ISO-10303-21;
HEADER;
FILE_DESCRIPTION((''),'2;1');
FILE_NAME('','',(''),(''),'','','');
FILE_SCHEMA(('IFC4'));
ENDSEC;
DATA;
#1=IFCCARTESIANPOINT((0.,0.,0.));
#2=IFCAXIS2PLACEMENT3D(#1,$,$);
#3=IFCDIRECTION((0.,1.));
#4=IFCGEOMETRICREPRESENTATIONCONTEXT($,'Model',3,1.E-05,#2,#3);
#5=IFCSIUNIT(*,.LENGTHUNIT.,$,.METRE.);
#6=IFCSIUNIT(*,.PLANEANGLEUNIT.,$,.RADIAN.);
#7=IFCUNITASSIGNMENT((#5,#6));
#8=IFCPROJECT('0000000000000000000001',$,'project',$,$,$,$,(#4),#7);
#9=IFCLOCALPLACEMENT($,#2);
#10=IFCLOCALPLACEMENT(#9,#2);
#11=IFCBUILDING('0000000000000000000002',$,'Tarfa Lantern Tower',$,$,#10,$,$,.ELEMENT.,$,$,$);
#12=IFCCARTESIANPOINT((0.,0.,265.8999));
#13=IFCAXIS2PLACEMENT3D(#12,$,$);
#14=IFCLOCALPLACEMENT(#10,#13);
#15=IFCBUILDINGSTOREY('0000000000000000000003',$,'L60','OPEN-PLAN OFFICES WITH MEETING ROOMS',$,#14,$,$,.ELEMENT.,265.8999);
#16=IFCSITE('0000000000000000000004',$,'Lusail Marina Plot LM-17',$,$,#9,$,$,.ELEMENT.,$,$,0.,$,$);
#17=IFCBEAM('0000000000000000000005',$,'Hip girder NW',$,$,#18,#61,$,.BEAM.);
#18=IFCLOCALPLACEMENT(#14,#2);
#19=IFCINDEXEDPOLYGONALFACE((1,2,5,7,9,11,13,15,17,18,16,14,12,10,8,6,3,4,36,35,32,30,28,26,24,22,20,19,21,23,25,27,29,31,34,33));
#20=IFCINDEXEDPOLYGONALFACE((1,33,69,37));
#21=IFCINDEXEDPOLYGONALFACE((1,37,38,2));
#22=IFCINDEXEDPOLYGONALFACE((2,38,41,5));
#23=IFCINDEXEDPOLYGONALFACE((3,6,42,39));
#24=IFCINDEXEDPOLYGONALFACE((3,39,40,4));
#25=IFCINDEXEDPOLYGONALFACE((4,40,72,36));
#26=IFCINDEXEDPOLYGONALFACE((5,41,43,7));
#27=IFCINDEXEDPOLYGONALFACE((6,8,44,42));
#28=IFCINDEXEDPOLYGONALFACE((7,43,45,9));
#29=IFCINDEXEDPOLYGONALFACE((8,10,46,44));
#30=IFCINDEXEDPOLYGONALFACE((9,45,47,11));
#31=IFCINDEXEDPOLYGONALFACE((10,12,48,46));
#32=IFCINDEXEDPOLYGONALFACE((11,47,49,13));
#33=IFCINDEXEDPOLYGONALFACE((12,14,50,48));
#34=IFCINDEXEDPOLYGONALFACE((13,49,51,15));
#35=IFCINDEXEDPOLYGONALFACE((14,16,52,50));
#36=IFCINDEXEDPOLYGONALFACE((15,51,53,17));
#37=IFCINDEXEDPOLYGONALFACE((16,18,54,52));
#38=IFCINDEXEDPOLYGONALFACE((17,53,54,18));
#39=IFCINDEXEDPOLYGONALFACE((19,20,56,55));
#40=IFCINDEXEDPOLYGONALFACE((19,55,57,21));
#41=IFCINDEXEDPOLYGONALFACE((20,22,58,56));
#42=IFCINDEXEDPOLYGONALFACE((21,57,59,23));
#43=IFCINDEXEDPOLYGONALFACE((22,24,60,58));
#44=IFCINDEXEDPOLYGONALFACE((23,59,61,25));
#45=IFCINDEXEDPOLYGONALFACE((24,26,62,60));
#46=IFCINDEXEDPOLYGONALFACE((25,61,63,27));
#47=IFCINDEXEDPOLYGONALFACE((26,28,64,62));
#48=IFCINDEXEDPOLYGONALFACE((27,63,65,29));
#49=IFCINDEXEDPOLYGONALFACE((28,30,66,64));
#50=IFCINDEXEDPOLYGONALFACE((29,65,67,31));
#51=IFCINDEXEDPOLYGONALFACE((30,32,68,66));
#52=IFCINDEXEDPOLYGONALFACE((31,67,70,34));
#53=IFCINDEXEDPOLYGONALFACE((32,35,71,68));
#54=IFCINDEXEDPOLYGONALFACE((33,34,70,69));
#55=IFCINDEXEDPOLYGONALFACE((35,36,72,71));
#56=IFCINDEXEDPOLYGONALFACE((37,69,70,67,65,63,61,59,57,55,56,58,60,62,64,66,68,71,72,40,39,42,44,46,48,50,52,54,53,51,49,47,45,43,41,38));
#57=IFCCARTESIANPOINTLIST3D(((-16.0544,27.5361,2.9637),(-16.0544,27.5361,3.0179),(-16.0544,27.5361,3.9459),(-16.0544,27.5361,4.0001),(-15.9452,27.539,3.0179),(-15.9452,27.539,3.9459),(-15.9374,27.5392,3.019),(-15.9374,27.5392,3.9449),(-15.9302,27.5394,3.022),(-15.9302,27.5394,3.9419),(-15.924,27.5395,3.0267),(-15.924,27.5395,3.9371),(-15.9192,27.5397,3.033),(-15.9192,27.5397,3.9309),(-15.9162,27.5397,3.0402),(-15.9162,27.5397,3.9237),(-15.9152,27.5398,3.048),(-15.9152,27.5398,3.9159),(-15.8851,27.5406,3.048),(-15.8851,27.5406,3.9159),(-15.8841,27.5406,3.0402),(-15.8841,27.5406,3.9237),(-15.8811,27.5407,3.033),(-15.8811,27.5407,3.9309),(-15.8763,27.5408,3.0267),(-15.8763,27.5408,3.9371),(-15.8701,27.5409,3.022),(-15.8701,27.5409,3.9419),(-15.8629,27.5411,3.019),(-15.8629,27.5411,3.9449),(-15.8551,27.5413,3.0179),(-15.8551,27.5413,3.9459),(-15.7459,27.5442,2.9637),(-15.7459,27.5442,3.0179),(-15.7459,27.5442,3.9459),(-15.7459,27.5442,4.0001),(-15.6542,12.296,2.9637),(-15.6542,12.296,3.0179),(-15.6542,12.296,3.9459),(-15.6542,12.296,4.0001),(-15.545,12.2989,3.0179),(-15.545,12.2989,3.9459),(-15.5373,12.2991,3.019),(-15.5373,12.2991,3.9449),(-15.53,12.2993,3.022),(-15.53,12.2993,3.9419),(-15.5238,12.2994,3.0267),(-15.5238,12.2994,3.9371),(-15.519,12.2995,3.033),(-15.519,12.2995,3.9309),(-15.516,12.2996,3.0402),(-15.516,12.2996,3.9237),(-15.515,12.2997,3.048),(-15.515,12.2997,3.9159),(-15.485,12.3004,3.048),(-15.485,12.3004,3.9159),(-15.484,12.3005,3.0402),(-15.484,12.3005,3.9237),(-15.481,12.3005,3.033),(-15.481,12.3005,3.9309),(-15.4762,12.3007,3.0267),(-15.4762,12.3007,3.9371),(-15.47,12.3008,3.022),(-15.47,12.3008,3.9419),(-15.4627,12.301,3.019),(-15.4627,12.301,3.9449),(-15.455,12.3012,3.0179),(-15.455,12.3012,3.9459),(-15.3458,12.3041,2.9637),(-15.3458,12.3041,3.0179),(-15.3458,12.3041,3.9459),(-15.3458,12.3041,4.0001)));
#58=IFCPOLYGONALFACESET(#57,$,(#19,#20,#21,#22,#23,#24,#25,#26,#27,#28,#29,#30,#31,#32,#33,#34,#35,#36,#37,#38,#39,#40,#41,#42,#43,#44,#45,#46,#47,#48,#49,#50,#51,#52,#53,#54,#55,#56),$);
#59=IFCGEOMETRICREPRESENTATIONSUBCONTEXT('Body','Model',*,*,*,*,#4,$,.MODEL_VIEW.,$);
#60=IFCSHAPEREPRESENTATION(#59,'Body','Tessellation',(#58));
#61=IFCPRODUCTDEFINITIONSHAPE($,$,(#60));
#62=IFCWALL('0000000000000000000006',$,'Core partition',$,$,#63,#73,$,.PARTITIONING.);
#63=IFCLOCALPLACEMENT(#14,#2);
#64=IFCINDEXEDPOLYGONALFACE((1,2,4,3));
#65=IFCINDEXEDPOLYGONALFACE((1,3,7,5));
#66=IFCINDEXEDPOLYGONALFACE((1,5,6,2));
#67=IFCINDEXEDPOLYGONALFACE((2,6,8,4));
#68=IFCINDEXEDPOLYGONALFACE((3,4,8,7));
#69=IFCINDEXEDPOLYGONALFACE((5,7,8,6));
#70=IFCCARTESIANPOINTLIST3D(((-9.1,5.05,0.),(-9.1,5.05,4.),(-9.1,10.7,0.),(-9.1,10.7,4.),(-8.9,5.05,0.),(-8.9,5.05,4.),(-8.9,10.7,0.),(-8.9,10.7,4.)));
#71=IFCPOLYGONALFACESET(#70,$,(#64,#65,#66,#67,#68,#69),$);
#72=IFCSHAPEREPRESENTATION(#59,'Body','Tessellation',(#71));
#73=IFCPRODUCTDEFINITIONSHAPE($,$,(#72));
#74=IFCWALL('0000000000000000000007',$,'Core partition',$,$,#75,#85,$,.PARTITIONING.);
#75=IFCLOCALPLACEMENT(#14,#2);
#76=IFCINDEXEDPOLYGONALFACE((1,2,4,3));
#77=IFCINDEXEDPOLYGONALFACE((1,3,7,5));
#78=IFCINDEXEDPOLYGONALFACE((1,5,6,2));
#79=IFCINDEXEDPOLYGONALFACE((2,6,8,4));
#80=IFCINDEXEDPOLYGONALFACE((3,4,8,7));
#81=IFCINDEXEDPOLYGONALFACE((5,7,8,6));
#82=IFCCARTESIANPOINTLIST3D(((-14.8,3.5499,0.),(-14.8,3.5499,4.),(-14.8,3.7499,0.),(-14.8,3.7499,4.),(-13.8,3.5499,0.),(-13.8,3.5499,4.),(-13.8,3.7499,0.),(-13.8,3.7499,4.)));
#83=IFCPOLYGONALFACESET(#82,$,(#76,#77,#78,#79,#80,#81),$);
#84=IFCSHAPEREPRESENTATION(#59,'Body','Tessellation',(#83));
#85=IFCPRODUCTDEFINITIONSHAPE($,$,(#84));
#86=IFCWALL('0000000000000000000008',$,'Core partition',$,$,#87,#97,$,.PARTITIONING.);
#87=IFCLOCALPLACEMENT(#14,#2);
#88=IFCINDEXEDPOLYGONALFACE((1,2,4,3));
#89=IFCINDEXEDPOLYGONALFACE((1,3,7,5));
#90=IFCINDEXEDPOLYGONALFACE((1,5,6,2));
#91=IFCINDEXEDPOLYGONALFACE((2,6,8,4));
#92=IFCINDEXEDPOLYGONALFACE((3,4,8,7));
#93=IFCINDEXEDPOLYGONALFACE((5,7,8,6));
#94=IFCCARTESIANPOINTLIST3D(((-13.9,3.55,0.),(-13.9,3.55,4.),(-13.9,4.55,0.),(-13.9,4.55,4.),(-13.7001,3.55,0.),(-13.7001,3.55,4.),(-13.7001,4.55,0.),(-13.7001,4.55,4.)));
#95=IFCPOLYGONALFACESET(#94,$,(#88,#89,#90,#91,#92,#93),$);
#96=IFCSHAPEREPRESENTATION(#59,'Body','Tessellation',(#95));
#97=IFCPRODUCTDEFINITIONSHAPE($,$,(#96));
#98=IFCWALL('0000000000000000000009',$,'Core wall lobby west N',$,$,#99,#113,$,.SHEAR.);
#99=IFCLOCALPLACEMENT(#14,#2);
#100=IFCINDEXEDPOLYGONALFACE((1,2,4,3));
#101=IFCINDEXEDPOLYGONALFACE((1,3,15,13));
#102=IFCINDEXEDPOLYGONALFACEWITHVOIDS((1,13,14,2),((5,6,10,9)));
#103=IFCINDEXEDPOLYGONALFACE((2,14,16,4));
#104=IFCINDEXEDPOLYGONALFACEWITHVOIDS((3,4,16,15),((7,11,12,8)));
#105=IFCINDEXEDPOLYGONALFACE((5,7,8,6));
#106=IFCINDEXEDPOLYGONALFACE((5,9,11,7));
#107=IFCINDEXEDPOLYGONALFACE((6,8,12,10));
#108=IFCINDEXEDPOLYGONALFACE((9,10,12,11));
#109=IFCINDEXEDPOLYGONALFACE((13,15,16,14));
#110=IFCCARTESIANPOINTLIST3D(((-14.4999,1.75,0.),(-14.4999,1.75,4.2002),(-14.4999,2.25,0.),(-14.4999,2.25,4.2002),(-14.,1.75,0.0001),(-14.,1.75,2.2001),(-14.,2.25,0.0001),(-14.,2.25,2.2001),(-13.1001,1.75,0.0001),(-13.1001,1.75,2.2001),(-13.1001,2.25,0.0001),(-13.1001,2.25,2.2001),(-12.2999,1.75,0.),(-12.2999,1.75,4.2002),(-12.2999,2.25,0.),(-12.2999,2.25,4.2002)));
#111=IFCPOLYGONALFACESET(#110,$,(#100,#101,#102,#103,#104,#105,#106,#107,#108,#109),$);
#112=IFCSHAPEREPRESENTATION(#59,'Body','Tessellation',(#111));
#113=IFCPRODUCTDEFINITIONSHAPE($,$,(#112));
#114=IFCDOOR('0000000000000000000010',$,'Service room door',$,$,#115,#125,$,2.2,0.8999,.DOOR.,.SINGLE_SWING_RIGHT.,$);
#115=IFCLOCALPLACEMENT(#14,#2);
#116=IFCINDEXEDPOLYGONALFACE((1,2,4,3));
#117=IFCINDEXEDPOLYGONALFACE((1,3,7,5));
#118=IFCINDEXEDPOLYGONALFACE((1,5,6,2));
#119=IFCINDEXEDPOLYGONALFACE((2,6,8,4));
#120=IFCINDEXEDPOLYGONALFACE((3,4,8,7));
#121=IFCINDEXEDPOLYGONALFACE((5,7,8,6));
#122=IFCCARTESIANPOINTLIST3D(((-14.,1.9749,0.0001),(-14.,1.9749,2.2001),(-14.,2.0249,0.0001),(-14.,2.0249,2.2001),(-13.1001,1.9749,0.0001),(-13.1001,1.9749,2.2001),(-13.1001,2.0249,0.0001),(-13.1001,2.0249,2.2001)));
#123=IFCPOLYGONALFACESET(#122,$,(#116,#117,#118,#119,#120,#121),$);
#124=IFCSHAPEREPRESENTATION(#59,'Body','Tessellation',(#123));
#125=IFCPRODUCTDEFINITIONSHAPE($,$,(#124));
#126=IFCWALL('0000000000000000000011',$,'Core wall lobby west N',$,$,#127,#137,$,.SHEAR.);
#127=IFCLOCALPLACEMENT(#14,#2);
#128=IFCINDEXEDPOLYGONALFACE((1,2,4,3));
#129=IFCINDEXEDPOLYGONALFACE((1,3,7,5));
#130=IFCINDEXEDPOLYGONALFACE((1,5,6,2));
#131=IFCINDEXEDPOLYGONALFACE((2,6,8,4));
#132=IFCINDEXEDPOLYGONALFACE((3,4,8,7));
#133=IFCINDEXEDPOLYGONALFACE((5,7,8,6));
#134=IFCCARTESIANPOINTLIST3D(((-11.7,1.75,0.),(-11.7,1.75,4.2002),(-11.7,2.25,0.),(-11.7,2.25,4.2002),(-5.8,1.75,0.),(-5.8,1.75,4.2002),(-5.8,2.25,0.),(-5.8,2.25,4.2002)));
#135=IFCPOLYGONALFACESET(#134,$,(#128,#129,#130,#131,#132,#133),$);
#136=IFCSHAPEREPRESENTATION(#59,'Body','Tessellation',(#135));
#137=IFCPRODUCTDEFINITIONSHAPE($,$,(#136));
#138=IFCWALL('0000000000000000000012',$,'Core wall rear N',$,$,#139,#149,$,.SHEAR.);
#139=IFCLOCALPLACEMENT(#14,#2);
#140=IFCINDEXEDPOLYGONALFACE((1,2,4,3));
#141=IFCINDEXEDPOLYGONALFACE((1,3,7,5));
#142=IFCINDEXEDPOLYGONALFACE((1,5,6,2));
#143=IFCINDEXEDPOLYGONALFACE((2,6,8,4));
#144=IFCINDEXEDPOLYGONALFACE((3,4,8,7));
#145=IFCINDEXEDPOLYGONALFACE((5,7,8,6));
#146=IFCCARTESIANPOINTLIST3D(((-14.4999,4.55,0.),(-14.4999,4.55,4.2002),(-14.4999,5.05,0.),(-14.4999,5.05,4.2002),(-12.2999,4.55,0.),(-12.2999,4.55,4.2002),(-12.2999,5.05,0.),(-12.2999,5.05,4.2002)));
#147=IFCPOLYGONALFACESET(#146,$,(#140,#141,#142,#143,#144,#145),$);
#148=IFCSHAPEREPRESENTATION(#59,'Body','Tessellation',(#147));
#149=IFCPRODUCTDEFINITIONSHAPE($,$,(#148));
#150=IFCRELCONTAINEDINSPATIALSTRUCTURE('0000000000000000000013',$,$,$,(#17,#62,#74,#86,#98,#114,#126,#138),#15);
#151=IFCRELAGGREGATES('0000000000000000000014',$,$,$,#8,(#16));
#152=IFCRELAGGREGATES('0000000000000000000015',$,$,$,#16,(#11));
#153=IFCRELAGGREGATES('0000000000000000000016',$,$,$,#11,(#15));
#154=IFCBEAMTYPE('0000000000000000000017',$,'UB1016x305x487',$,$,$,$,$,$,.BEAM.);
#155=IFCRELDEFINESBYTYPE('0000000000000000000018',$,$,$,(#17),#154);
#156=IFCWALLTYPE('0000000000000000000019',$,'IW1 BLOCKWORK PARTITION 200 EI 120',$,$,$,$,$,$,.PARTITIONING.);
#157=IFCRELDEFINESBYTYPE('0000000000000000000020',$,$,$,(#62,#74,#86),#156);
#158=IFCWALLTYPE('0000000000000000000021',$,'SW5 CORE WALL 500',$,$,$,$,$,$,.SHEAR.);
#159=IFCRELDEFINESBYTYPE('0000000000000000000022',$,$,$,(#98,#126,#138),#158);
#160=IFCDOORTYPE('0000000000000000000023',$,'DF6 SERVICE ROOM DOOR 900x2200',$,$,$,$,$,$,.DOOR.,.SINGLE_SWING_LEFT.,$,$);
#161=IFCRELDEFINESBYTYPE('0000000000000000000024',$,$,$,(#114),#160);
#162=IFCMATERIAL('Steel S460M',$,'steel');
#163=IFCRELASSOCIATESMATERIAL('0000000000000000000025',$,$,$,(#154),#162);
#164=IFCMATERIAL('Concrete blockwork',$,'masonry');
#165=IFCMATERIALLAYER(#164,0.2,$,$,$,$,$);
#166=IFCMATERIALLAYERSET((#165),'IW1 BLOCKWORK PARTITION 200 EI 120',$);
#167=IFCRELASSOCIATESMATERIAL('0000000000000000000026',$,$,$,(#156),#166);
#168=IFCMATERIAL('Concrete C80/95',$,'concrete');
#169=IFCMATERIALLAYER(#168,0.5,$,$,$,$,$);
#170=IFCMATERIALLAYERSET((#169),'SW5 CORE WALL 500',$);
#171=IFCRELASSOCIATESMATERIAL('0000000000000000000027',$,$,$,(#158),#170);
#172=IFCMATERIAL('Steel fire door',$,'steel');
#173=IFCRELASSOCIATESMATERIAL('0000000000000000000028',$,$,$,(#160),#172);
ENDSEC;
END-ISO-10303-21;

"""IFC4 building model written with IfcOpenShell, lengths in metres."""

from ifc_helpers import new_model, si_unit, direction, frame, frame_2d, origin, origin_2d, place, context, subcontext, project, spatial, rectangle, i_section, extrude, material, layer, layer_set, material_profile, profile_set, type_object, element, fill, save


model = new_model("IFC4")

# Units and contexts
model_context = context("Model", 3, precision=1e-05, world=origin(), true_north=direction((0.0, 1.0)))
body_context = subcontext(model_context, "Body", "Model", "MODEL_VIEW")
ifc_project = project(units=[si_unit("LENGTHUNIT", "METRE"), si_unit("PLANEANGLEUNIT", "RADIAN")], contexts=[model_context])

# Site, building, storey
site_placement = place(None, origin())
site = spatial("IfcSite", under=ifc_project, at=site_placement, Name="Lusail Marina Plot LM-17", CompositionType="ELEMENT", RefElevation=0.0)
building_placement = place(site_placement, origin())
building = spatial("IfcBuilding", under=site, at=building_placement, Name="Tarfa Lantern Tower", CompositionType="ELEMENT")
storey_placement = place(building_placement, frame((0.0, 0.0, 265.8999)))
storey = spatial("IfcBuildingStorey", under=building, at=storey_placement, Name="L60", Description="OPEN-PLAN OFFICES WITH MEETING ROOMS", CompositionType="ELEMENT", Elevation=265.8999)

# Beam
ifc_material_1 = material(Name="Steel S460M", Category="steel")
ifc_material_profile = material_profile(ifc_material_1, i_section(OverallWidth=0.3086, OverallDepth=1.0364, WebThickness=0.03, FlangeThickness=0.0542, FilletRadius=0.03, at=origin_2d()), Name="UB1016x305x487")
ifc_profile_set = profile_set([ifc_material_profile], Name="Steel S460M")
beam_type = type_object("IfcBeamType", Name="UB1016x305x487", PredefinedType="BEAM", material=ifc_profile_set)
beam_placement = place(storey_placement, frame((-15.5, 12.3, 3.4819), z_axis=(-0.026247, 0.999655, 0.0), x_axis=(-0.999655, -0.026247, 0.0)))
element("IfcBeam", 1, at=beam_placement, inside=storey, type_object=beam_type, Name="Hip girder NW", PredefinedType="BEAM", context=body_context, shape_type="SweptSolid", body=[
    extrude(i_section(OverallWidth=0.3086, OverallDepth=1.0364, WebThickness=0.03, FlangeThickness=0.0542, FilletRadius=0.03, at=origin_2d()), origin(), (0.0, 0.0, 1.0), 15.2454),
])

# Walls
ifc_material_2 = material(Name="Concrete blockwork", Category="masonry")
ifc_layer_1 = layer(ifc_material_2, 0.2)
ifc_layer_set_1 = layer_set([ifc_layer_1], Name="IW1 BLOCKWORK PARTITION 200 EI 120")
wall_type_1 = type_object("IfcWallType", Name="IW1 BLOCKWORK PARTITION 200 EI 120", PredefinedType="PARTITIONING", material=ifc_layer_set_1)
wall_1_placement = place(storey_placement, frame((-9.0, 5.05, 0.0), z_axis=(0.0, 0.0, 1.0), x_axis=(0.0, 1.0, 0.0)))
element("IfcWall", 2, at=wall_1_placement, inside=storey, type_object=wall_type_1, Name="Core partition", PredefinedType="PARTITIONING", context=body_context, shape_type="SweptSolid", body=[
    extrude(rectangle(XDim=5.6499, YDim=0.2, at=frame_2d((2.825, 0.0))), origin(), (0.0, 0.0, 1.0), 4.0),
])
for number, where, z_axis, x_axis, name in (
    (3, (-14.8, 3.6499, 0.0), (0.0, 0.0, 1.0), (1.0, 0.0, 0.0), "Core partition"),
    (4, (-13.8, 3.55, 0.0), (0.0, 0.0, 1.0), (0.0, 1.0, 0.0), "Core partition"),
):
    element("IfcWall", number, at=place(storey_placement, frame(where, z_axis=z_axis, x_axis=x_axis)), inside=storey, type_object=wall_type_1, Name=name, PredefinedType="PARTITIONING", context=body_context, shape_type="SweptSolid", body=[
        extrude(rectangle(XDim=1.0, YDim=0.2, at=frame_2d((0.5, 0.0))), origin(), (0.0, 0.0, 1.0), 4.0),
    ])

# Wall, opening, door
ifc_material_3 = material(Name="Concrete C80/95", Category="concrete")
ifc_material_4 = material(Name="Steel fire door", Category="steel")
ifc_layer_2 = layer(ifc_material_3, 0.5)
ifc_layer_set_2 = layer_set([ifc_layer_2], Name="SW5 CORE WALL 500")
wall_type_2 = type_object("IfcWallType", Name="SW5 CORE WALL 500", PredefinedType="SHEAR", material=ifc_layer_set_2)
wall_2_placement = place(storey_placement, frame((-14.5, 2.0, 0.0), z_axis=(0.0, 0.0, 1.0), x_axis=(1.0, 0.0, 0.0)))
wall_2 = element("IfcWall", 5, at=wall_2_placement, inside=storey, type_object=wall_type_2, Name="Core wall lobby west N", PredefinedType="SHEAR", context=body_context, shape_type="SweptSolid", body=[
    extrude(rectangle(XDim=2.2, YDim=0.5, at=frame_2d((1.1001, 0.0))), origin(), (0.0, 0.0, 1.0), 4.2002),
])
opening_1_placement = place(wall_2_placement, frame((0.5, 0.0, 0.0)))
opening_1 = element("IfcOpeningElement", 6, at=opening_1_placement, cuts=wall_2, PredefinedType="OPENING", context=body_context, shape_type="SweptSolid", body=[
    extrude(rectangle(XDim=0.8999, YDim=2.2, at=frame_2d((0.45, 1.1001))), frame((0.0, 0.26, 0.0), z_axis=(0.0, -1.0, 0.0), x_axis=(1.0, 0.0, 0.0)), (0.0, 0.0, 1.0), 0.52),
])
door_type_1 = type_object("IfcDoorType", Name="DF6 SERVICE ROOM DOOR 900x2200", OperationType="SINGLE_SWING_LEFT", PredefinedType="DOOR", material=ifc_material_4)
door_1_placement = place(opening_1_placement, origin())
door_1 = element("IfcDoor", 7, at=door_1_placement, inside=storey, type_object=door_type_1, Name="Service room door", OperationType="SINGLE_SWING_RIGHT", OverallHeight=2.2, OverallWidth=0.8999, PredefinedType="DOOR", context=body_context, shape_type="SweptSolid", body=[
    extrude(rectangle(XDim=0.8999, YDim=2.2, at=frame_2d((0.45, 1.1001))), frame((0.0, 0.0249, 0.0), z_axis=(0.0, -1.0, 0.0), x_axis=(1.0, 0.0, 0.0)), (0.0, 0.0, 1.0), 0.05),
])
fill(opening_1, door_1)

# Walls
wall_3_placement = place(storey_placement, frame((-11.7, 2.0, 0.0), z_axis=(0.0, 0.0, 1.0), x_axis=(1.0, 0.0, 0.0)))
element("IfcWall", 8, at=wall_3_placement, inside=storey, type_object=wall_type_2, Name="Core wall lobby west N", PredefinedType="SHEAR", context=body_context, shape_type="SweptSolid", body=[
    extrude(rectangle(XDim=5.8999, YDim=0.5, at=frame_2d((2.95, 0.0))), origin(), (0.0, 0.0, 1.0), 4.2002),
])
wall_4_placement = place(storey_placement, frame((-14.5, 4.8, 0.0), z_axis=(0.0, 0.0, 1.0), x_axis=(1.0, 0.0, 0.0)))
element("IfcWall", 9, at=wall_4_placement, inside=storey, type_object=wall_type_2, Name="Core wall rear N", PredefinedType="SHEAR", context=body_context, shape_type="SweptSolid", body=[
    extrude(rectangle(XDim=2.2, YDim=0.5, at=frame_2d((1.1001, 0.0))), origin(), (0.0, 0.0, 1.0), 4.2002),
])

save(model, "model.ifc")
